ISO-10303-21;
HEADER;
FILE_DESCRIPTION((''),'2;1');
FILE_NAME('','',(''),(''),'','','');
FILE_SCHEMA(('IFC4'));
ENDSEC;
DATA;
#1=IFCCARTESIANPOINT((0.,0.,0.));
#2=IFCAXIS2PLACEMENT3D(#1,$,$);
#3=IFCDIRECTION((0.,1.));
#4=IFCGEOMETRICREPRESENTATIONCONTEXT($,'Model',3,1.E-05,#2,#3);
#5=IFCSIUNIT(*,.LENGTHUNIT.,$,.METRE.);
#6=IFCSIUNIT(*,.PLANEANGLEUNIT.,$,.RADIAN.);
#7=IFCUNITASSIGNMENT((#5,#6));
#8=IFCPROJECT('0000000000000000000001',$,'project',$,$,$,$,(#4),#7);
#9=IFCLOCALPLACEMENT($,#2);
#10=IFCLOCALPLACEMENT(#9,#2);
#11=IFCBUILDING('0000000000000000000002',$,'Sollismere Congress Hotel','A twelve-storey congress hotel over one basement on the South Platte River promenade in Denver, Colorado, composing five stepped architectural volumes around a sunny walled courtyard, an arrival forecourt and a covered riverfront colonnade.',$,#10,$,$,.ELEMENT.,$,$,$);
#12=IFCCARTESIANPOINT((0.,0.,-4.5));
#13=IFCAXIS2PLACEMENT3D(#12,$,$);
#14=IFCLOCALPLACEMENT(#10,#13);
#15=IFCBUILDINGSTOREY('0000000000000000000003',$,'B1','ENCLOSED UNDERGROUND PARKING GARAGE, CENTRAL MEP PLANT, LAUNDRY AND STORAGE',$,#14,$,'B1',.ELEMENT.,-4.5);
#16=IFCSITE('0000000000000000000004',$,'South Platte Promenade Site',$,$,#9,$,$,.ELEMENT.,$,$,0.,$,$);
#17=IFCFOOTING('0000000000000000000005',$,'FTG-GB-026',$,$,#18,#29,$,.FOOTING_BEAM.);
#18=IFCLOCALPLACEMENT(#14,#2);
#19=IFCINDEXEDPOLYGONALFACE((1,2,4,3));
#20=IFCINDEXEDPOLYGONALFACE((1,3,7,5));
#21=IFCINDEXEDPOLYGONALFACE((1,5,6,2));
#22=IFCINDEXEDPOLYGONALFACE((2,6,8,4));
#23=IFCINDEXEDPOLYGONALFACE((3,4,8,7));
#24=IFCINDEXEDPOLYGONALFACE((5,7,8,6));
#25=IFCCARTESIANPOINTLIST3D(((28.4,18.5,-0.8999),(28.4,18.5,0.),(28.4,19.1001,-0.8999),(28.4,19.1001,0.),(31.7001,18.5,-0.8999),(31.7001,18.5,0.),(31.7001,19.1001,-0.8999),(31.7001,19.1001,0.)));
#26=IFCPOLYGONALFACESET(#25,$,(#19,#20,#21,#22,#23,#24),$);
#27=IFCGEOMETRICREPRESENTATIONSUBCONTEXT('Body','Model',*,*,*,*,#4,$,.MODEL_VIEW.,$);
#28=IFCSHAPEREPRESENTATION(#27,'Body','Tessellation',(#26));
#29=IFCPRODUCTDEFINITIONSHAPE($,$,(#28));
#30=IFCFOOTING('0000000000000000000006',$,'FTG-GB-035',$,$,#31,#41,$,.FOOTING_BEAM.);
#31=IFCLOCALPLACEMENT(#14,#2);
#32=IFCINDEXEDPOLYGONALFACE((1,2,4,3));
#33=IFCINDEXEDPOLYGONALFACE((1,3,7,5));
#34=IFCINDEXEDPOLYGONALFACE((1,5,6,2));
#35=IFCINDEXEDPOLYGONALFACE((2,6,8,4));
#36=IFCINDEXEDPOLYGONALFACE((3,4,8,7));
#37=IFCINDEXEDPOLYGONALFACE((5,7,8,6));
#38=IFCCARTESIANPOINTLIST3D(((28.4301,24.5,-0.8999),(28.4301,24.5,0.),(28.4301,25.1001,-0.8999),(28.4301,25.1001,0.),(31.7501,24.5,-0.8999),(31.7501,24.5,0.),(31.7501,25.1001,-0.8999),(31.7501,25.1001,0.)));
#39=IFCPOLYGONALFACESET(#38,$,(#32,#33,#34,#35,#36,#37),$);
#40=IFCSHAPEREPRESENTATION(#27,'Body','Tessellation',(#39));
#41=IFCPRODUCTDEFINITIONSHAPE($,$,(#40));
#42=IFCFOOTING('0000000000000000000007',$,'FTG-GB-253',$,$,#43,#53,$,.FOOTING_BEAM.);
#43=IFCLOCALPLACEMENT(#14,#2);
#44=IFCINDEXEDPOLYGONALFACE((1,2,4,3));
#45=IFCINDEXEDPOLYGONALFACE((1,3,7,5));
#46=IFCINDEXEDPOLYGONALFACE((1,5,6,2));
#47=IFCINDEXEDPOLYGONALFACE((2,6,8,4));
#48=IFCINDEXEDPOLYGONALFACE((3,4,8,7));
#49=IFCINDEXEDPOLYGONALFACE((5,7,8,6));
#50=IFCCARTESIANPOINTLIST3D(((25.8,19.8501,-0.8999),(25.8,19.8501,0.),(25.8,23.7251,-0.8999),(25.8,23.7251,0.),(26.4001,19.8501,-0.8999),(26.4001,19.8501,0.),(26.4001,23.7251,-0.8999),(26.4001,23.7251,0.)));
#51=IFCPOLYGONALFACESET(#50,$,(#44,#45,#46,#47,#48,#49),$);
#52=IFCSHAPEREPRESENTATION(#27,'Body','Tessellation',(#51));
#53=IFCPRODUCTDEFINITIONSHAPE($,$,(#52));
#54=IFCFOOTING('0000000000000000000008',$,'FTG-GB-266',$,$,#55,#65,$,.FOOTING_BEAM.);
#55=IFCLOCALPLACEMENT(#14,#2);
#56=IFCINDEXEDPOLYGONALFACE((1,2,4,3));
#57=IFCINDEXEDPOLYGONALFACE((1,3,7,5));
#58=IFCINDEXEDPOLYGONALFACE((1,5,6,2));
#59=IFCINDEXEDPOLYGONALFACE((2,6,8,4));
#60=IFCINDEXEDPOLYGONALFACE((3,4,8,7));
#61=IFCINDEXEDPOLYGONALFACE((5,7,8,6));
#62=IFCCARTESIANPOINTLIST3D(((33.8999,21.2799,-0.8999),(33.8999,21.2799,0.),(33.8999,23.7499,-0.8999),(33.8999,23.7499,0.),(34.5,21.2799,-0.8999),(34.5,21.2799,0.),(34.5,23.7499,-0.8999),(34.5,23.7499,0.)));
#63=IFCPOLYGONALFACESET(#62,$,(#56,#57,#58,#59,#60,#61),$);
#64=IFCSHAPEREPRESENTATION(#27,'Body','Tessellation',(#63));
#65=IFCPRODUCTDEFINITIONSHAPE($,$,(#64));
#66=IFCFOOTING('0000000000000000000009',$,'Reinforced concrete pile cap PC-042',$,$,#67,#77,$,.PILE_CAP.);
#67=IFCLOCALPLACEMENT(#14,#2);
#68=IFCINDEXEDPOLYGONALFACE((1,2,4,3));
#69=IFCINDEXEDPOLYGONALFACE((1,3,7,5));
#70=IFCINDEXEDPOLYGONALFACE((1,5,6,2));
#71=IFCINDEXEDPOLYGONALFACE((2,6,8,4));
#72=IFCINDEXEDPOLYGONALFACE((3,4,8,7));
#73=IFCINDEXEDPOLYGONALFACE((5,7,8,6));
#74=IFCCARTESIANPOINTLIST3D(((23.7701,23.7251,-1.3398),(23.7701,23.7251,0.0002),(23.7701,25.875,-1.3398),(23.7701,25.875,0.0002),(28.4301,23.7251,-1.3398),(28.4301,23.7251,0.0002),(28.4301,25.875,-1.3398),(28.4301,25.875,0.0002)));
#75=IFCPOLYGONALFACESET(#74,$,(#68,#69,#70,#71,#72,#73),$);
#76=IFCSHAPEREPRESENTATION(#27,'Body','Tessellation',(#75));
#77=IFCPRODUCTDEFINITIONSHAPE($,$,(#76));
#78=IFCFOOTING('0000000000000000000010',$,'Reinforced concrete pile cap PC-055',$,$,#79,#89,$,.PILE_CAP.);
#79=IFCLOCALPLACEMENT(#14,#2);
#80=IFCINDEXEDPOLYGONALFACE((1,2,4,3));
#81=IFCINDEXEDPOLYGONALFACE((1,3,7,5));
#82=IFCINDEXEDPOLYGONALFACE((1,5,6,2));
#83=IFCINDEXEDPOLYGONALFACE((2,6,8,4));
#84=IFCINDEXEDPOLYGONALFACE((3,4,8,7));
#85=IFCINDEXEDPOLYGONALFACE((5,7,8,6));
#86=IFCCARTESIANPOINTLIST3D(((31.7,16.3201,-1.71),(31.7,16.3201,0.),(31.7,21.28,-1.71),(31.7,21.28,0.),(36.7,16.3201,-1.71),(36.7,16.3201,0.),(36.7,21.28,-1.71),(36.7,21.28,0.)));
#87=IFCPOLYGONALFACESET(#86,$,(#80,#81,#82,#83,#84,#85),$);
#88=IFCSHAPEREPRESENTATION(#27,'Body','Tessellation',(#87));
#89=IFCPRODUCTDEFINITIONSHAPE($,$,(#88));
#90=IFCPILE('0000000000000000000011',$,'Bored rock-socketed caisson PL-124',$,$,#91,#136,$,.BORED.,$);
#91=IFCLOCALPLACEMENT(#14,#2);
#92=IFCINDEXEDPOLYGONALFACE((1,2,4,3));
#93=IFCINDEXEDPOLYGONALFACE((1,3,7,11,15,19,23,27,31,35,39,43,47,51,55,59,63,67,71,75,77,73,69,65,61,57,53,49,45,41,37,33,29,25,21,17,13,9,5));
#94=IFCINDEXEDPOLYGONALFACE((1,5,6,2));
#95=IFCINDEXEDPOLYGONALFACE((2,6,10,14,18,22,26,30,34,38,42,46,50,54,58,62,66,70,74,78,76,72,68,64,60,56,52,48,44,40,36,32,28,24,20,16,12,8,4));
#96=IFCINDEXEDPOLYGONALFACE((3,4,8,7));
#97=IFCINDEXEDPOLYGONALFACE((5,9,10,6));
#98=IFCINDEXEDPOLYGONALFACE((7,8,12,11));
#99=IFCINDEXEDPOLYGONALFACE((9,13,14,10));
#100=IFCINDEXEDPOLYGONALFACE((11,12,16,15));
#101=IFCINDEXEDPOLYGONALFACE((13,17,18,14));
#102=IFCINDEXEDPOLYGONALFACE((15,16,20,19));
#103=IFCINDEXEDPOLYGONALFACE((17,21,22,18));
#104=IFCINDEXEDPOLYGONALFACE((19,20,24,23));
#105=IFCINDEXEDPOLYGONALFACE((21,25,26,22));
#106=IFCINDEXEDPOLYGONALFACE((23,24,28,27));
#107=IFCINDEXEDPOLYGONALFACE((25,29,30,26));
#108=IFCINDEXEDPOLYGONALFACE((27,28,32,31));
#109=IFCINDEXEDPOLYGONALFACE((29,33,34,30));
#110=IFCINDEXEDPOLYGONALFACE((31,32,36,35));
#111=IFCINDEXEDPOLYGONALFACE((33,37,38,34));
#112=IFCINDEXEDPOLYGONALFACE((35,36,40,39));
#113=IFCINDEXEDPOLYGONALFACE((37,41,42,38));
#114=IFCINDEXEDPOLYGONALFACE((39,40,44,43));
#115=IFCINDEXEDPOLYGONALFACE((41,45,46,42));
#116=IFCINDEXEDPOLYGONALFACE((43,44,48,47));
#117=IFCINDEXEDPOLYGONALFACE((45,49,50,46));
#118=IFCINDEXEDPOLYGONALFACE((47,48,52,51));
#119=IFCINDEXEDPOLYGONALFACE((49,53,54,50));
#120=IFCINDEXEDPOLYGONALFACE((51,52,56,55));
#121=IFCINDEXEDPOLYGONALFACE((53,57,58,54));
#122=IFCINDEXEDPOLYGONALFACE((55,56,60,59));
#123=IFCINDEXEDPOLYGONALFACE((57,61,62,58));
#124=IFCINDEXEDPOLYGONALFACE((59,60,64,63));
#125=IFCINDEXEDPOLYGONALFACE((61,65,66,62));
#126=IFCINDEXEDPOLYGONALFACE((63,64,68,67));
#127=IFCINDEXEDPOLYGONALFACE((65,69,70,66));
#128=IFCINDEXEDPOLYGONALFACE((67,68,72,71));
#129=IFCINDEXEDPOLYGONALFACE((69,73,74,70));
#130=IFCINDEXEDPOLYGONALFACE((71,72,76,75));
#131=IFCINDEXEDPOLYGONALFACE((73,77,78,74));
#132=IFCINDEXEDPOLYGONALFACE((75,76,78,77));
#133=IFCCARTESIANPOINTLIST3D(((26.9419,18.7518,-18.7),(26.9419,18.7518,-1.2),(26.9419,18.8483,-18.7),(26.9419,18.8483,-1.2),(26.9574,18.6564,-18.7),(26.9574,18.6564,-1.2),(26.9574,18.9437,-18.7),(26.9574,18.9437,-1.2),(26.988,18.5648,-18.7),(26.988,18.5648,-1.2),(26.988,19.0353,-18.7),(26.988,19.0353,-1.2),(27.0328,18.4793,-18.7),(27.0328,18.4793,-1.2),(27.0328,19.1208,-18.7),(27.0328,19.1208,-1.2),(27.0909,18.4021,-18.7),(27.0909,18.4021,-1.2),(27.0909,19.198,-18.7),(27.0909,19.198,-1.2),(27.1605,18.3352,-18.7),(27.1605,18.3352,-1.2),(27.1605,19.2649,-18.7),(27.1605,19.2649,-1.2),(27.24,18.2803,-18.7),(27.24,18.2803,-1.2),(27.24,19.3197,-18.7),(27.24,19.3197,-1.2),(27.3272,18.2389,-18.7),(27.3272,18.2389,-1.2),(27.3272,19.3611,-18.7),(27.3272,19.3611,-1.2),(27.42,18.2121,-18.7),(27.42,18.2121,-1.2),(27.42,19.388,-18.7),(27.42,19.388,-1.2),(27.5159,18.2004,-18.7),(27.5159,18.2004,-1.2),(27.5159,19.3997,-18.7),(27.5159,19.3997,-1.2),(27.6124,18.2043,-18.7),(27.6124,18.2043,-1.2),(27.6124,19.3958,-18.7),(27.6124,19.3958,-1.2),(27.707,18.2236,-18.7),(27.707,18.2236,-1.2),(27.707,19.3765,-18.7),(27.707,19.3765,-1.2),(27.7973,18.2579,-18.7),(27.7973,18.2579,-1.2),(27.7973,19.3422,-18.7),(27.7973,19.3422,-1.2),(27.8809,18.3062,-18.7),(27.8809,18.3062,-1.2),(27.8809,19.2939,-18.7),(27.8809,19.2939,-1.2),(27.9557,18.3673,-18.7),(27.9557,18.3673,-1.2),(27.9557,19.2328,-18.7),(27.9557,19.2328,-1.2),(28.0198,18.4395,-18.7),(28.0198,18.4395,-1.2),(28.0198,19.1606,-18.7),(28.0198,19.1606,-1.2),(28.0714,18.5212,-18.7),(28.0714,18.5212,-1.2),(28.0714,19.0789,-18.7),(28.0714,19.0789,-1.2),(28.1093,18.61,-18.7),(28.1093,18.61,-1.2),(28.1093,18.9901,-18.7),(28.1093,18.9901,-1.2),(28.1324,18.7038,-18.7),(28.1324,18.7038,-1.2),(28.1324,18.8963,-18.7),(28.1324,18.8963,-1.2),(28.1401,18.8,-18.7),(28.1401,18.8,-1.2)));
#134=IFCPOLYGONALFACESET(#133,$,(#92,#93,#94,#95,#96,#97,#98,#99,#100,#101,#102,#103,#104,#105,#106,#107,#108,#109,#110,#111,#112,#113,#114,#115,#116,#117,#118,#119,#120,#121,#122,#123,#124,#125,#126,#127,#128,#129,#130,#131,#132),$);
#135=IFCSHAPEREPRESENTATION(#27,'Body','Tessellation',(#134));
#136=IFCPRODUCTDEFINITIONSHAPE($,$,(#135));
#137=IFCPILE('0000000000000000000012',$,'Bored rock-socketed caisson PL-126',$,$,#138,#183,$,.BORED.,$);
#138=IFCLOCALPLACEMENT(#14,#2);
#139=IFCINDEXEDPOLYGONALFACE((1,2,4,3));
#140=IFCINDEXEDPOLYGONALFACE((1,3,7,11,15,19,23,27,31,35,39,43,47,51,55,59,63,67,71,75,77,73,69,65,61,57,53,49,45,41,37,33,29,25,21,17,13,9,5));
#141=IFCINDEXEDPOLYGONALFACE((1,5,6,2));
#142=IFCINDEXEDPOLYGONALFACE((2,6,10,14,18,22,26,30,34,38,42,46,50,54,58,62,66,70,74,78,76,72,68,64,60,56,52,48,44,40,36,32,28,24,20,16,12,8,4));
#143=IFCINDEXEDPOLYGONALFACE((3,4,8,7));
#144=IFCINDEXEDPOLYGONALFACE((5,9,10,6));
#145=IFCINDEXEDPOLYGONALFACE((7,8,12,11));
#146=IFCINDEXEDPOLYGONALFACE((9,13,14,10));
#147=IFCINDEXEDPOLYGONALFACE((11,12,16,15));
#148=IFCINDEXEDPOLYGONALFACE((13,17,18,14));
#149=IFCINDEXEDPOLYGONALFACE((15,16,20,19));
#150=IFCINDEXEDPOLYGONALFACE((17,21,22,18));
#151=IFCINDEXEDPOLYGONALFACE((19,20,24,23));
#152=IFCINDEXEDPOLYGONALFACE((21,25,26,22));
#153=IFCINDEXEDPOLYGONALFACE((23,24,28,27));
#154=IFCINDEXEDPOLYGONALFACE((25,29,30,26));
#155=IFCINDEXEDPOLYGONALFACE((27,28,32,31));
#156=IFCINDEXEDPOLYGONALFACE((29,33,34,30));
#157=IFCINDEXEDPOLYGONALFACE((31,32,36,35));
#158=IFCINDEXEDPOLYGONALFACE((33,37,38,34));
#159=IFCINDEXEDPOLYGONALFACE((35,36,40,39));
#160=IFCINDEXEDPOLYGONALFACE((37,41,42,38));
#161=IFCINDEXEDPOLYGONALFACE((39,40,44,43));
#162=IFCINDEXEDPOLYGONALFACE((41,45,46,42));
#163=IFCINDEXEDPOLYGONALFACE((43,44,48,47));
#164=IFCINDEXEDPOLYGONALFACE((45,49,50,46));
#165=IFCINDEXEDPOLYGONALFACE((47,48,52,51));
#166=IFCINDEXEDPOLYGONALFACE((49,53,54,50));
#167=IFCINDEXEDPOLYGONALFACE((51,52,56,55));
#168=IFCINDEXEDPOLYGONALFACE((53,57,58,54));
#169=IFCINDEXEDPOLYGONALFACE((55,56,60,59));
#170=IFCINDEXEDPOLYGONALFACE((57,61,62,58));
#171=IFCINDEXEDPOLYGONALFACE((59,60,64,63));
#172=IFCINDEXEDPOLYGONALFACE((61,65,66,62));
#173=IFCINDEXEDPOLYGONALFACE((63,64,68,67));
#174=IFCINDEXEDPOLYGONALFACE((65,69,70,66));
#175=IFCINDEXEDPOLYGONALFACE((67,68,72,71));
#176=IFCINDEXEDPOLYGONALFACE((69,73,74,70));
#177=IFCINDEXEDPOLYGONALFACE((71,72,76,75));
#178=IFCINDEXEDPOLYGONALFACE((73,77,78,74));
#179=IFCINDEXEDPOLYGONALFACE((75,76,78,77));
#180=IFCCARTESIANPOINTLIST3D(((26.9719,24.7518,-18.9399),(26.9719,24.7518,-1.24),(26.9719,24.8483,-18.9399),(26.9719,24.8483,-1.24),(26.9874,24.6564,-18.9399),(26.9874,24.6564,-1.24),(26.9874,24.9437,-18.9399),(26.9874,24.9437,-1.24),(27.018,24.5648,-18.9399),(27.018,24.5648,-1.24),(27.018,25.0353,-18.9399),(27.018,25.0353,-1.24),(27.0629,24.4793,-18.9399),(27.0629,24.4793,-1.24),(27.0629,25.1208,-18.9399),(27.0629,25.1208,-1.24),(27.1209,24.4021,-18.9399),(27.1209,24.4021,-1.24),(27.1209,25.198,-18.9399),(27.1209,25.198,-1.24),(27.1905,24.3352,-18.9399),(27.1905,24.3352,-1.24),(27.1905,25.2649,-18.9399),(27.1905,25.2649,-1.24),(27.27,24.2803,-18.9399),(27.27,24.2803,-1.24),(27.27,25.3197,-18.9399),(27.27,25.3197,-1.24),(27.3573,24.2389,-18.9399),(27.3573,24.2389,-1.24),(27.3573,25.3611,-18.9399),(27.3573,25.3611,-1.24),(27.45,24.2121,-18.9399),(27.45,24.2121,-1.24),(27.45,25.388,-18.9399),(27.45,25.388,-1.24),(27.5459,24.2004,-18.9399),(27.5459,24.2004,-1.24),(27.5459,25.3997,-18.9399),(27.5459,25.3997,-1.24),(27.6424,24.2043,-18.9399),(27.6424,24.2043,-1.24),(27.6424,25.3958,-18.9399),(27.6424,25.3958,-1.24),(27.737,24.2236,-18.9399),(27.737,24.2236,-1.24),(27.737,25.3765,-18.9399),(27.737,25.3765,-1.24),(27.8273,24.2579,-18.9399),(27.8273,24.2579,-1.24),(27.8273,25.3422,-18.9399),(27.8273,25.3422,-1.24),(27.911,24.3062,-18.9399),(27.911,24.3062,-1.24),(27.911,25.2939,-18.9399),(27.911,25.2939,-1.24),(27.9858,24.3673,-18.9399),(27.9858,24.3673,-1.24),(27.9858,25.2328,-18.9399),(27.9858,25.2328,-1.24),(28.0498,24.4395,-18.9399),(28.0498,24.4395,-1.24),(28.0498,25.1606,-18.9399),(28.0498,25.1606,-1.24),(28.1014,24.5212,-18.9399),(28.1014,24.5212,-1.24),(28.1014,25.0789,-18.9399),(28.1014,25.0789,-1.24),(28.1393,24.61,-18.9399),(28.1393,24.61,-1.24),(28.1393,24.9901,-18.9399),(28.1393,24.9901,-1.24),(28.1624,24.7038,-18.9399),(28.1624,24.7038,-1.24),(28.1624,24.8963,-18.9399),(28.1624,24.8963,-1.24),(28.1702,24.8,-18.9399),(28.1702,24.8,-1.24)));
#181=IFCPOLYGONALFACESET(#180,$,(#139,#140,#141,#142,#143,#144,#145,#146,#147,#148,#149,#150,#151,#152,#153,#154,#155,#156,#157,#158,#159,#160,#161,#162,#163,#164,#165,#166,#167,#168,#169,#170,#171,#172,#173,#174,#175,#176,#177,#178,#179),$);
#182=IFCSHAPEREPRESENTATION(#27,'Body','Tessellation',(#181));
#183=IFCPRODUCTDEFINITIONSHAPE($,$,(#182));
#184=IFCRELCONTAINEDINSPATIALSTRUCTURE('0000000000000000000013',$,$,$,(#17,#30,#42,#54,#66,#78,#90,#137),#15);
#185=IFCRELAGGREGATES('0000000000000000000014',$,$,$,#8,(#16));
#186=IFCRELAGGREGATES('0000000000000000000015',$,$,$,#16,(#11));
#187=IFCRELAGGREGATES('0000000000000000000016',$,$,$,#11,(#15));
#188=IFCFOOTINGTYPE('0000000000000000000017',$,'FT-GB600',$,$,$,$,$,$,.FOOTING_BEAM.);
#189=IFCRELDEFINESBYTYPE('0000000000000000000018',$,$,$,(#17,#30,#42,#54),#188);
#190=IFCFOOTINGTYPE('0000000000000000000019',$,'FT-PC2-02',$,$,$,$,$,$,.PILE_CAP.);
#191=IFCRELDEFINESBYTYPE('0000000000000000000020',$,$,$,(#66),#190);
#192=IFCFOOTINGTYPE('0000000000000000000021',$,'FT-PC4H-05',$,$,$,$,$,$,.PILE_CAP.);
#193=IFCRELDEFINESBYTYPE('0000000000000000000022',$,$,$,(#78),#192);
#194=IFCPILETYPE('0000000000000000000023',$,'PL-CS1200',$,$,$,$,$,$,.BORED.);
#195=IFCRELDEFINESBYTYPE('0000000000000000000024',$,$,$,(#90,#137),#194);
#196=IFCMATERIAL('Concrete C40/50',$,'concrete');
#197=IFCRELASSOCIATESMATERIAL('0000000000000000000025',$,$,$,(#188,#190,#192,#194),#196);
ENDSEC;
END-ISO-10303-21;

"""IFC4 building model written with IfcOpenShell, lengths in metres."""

from ifc_helpers import new_model, si_unit, direction, frame, origin, origin_2d, place, context, subcontext, project, spatial, rectangle, circle, extrude, material, material_profile, profile_set, type_object, element, save


model = new_model("IFC4")

# Units and contexts
model_context = context("Model", 3, precision=1e-05, world=origin(), true_north=direction((0.0, 1.0)))
body_context = subcontext(model_context, "Body", "Model", "MODEL_VIEW")
ifc_project = project(units=[si_unit("LENGTHUNIT", "METRE"), si_unit("PLANEANGLEUNIT", "RADIAN")], contexts=[model_context])

# Site, building, storey
site_placement = place(None, origin())
site = spatial("IfcSite", under=ifc_project, at=site_placement, Name="South Platte Promenade Site", CompositionType="ELEMENT", RefElevation=0.0)
building_placement = place(site_placement, origin())
building = spatial("IfcBuilding", under=site, at=building_placement, Name="Sollismere Congress Hotel", Description="A twelve-storey congress hotel over one basement on the South Platte River promenade in Denver, Colorado, composing five stepped architectural volumes around a sunny walled courtyard, an arrival forecourt and a covered riverfront colonnade.", CompositionType="ELEMENT")
storey_placement = place(building_placement, frame((0.0, 0.0, -4.5)))
storey = spatial("IfcBuildingStorey", under=building, at=storey_placement, Name="B1", Description="ENCLOSED UNDERGROUND PARKING GARAGE, CENTRAL MEP PLANT, LAUNDRY AND STORAGE", LongName="B1", CompositionType="ELEMENT", Elevation=-4.5)

# Footings
ifc_material_1 = material(Name="Concrete C40/50", Category="concrete")
footing_type_1 = type_object("IfcFootingType", Name="FT-GB600", PredefinedType="FOOTING_BEAM", material=ifc_material_1)
footing_1_placement = place(storey_placement, frame((30.05, 18.8, -0.8999), z_axis=(0.0, 0.0, 1.0), x_axis=(1.0, 0.0, 0.0)))
element("IfcFooting", 1, at=footing_1_placement, inside=storey, type_object=footing_type_1, Name="FTG-GB-026", PredefinedType="FOOTING_BEAM", context=body_context, shape_type="SweptSolid", body=[
    extrude(rectangle(XDim=3.3, YDim=0.6001, at=origin_2d()), origin(), (0.0, 0.0, 1.0), 0.8999),
])
footing_2_placement = place(storey_placement, frame((30.0901, 24.8, -0.8999), z_axis=(0.0, 0.0, 1.0), x_axis=(1.0, 0.0, 0.0)))
element("IfcFooting", 2, at=footing_2_placement, inside=storey, type_object=footing_type_1, Name="FTG-GB-035", PredefinedType="FOOTING_BEAM", context=body_context, shape_type="SweptSolid", body=[
    extrude(rectangle(XDim=3.3201, YDim=0.6001, at=origin_2d()), origin(), (0.0, 0.0, 1.0), 0.8999),
])
footing_3_placement = place(storey_placement, frame((26.1001, 21.7876, -0.8999), z_axis=(0.0, 0.0, 1.0), x_axis=(0.0, 1.0, 0.0)))
element("IfcFooting", 3, at=footing_3_placement, inside=storey, type_object=footing_type_1, Name="FTG-GB-253", PredefinedType="FOOTING_BEAM", context=body_context, shape_type="SweptSolid", body=[
    extrude(rectangle(XDim=3.875, YDim=0.6001, at=origin_2d()), origin(), (0.0, 0.0, 1.0), 0.8999),
])
footing_4_placement = place(storey_placement, frame((34.2, 22.5149, -0.8999), z_axis=(0.0, 0.0, 1.0), x_axis=(0.0, 1.0, 0.0)))
element("IfcFooting", 4, at=footing_4_placement, inside=storey, type_object=footing_type_1, Name="FTG-GB-266", PredefinedType="FOOTING_BEAM", context=body_context, shape_type="SweptSolid", body=[
    extrude(rectangle(XDim=2.47, YDim=0.6001, at=origin_2d()), origin(), (0.0, 0.0, 1.0), 0.8999),
])
footing_type_2 = type_object("IfcFootingType", Name="FT-PC2-02", PredefinedType="PILE_CAP", material=ifc_material_1)
footing_5_placement = place(storey_placement, frame((26.1001, 24.8, -1.3398), z_axis=(0.0, 0.0, 1.0), x_axis=(1.0, 0.0, 0.0)))
element("IfcFooting", 5, at=footing_5_placement, inside=storey, type_object=footing_type_2, Name="Reinforced concrete pile cap PC-042", PredefinedType="PILE_CAP", context=body_context, shape_type="SweptSolid", body=[
    extrude(rectangle(XDim=4.6599, YDim=2.1499, at=origin_2d()), origin(), (0.0, 0.0, 1.0), 1.3401),
])
footing_type_3 = type_object("IfcFootingType", Name="FT-PC4H-05", PredefinedType="PILE_CAP", material=ifc_material_1)
footing_6_placement = place(storey_placement, frame((34.2, 18.8, -1.71), z_axis=(0.0, 0.0, 1.0), x_axis=(1.0, 0.0, 0.0)))
element("IfcFooting", 6, at=footing_6_placement, inside=storey, type_object=footing_type_3, Name="Reinforced concrete pile cap PC-055", PredefinedType="PILE_CAP", context=body_context, shape_type="SweptSolid", body=[
    extrude(rectangle(XDim=5.0, YDim=4.96, at=origin_2d()), origin(), (0.0, 0.0, 1.0), 1.71),
])

# Piles
ifc_material_profile_1 = material_profile(ifc_material_1, circle(Radius=0.6001, at=origin_2d()), Name="CAISSON1200")
ifc_profile_set_1 = profile_set([ifc_material_profile_1], Name="Concrete C40/50")
pile_type = type_object("IfcPileType", Name="PL-CS1200", PredefinedType="BORED", material=ifc_profile_set_1)
pile_1_placement = place(storey_placement, frame((27.54, 18.8, -1.2), z_axis=(0.0, 0.0, -1.0), x_axis=(1.0, 0.0, 0.0)))
element("IfcPile", 7, at=pile_1_placement, inside=storey, type_object=pile_type, Name="Bored rock-socketed caisson PL-124", PredefinedType="BORED", context=body_context, shape_type="SweptSolid", body=[
    extrude(circle(Radius=0.6001, at=origin_2d()), origin(), (0.0, 0.0, 1.0), 17.5),
])
pile_2_placement = place(storey_placement, frame((27.5701, 24.8, -1.24), z_axis=(0.0, 0.0, -1.0), x_axis=(1.0, 0.0, 0.0)))
element("IfcPile", 8, at=pile_2_placement, inside=storey, type_object=pile_type, Name="Bored rock-socketed caisson PL-126", PredefinedType="BORED", context=body_context, shape_type="SweptSolid", body=[
    extrude(circle(Radius=0.6001, at=origin_2d()), origin(), (0.0, 0.0, 1.0), 17.7),
])

save(model, "model.ifc")
